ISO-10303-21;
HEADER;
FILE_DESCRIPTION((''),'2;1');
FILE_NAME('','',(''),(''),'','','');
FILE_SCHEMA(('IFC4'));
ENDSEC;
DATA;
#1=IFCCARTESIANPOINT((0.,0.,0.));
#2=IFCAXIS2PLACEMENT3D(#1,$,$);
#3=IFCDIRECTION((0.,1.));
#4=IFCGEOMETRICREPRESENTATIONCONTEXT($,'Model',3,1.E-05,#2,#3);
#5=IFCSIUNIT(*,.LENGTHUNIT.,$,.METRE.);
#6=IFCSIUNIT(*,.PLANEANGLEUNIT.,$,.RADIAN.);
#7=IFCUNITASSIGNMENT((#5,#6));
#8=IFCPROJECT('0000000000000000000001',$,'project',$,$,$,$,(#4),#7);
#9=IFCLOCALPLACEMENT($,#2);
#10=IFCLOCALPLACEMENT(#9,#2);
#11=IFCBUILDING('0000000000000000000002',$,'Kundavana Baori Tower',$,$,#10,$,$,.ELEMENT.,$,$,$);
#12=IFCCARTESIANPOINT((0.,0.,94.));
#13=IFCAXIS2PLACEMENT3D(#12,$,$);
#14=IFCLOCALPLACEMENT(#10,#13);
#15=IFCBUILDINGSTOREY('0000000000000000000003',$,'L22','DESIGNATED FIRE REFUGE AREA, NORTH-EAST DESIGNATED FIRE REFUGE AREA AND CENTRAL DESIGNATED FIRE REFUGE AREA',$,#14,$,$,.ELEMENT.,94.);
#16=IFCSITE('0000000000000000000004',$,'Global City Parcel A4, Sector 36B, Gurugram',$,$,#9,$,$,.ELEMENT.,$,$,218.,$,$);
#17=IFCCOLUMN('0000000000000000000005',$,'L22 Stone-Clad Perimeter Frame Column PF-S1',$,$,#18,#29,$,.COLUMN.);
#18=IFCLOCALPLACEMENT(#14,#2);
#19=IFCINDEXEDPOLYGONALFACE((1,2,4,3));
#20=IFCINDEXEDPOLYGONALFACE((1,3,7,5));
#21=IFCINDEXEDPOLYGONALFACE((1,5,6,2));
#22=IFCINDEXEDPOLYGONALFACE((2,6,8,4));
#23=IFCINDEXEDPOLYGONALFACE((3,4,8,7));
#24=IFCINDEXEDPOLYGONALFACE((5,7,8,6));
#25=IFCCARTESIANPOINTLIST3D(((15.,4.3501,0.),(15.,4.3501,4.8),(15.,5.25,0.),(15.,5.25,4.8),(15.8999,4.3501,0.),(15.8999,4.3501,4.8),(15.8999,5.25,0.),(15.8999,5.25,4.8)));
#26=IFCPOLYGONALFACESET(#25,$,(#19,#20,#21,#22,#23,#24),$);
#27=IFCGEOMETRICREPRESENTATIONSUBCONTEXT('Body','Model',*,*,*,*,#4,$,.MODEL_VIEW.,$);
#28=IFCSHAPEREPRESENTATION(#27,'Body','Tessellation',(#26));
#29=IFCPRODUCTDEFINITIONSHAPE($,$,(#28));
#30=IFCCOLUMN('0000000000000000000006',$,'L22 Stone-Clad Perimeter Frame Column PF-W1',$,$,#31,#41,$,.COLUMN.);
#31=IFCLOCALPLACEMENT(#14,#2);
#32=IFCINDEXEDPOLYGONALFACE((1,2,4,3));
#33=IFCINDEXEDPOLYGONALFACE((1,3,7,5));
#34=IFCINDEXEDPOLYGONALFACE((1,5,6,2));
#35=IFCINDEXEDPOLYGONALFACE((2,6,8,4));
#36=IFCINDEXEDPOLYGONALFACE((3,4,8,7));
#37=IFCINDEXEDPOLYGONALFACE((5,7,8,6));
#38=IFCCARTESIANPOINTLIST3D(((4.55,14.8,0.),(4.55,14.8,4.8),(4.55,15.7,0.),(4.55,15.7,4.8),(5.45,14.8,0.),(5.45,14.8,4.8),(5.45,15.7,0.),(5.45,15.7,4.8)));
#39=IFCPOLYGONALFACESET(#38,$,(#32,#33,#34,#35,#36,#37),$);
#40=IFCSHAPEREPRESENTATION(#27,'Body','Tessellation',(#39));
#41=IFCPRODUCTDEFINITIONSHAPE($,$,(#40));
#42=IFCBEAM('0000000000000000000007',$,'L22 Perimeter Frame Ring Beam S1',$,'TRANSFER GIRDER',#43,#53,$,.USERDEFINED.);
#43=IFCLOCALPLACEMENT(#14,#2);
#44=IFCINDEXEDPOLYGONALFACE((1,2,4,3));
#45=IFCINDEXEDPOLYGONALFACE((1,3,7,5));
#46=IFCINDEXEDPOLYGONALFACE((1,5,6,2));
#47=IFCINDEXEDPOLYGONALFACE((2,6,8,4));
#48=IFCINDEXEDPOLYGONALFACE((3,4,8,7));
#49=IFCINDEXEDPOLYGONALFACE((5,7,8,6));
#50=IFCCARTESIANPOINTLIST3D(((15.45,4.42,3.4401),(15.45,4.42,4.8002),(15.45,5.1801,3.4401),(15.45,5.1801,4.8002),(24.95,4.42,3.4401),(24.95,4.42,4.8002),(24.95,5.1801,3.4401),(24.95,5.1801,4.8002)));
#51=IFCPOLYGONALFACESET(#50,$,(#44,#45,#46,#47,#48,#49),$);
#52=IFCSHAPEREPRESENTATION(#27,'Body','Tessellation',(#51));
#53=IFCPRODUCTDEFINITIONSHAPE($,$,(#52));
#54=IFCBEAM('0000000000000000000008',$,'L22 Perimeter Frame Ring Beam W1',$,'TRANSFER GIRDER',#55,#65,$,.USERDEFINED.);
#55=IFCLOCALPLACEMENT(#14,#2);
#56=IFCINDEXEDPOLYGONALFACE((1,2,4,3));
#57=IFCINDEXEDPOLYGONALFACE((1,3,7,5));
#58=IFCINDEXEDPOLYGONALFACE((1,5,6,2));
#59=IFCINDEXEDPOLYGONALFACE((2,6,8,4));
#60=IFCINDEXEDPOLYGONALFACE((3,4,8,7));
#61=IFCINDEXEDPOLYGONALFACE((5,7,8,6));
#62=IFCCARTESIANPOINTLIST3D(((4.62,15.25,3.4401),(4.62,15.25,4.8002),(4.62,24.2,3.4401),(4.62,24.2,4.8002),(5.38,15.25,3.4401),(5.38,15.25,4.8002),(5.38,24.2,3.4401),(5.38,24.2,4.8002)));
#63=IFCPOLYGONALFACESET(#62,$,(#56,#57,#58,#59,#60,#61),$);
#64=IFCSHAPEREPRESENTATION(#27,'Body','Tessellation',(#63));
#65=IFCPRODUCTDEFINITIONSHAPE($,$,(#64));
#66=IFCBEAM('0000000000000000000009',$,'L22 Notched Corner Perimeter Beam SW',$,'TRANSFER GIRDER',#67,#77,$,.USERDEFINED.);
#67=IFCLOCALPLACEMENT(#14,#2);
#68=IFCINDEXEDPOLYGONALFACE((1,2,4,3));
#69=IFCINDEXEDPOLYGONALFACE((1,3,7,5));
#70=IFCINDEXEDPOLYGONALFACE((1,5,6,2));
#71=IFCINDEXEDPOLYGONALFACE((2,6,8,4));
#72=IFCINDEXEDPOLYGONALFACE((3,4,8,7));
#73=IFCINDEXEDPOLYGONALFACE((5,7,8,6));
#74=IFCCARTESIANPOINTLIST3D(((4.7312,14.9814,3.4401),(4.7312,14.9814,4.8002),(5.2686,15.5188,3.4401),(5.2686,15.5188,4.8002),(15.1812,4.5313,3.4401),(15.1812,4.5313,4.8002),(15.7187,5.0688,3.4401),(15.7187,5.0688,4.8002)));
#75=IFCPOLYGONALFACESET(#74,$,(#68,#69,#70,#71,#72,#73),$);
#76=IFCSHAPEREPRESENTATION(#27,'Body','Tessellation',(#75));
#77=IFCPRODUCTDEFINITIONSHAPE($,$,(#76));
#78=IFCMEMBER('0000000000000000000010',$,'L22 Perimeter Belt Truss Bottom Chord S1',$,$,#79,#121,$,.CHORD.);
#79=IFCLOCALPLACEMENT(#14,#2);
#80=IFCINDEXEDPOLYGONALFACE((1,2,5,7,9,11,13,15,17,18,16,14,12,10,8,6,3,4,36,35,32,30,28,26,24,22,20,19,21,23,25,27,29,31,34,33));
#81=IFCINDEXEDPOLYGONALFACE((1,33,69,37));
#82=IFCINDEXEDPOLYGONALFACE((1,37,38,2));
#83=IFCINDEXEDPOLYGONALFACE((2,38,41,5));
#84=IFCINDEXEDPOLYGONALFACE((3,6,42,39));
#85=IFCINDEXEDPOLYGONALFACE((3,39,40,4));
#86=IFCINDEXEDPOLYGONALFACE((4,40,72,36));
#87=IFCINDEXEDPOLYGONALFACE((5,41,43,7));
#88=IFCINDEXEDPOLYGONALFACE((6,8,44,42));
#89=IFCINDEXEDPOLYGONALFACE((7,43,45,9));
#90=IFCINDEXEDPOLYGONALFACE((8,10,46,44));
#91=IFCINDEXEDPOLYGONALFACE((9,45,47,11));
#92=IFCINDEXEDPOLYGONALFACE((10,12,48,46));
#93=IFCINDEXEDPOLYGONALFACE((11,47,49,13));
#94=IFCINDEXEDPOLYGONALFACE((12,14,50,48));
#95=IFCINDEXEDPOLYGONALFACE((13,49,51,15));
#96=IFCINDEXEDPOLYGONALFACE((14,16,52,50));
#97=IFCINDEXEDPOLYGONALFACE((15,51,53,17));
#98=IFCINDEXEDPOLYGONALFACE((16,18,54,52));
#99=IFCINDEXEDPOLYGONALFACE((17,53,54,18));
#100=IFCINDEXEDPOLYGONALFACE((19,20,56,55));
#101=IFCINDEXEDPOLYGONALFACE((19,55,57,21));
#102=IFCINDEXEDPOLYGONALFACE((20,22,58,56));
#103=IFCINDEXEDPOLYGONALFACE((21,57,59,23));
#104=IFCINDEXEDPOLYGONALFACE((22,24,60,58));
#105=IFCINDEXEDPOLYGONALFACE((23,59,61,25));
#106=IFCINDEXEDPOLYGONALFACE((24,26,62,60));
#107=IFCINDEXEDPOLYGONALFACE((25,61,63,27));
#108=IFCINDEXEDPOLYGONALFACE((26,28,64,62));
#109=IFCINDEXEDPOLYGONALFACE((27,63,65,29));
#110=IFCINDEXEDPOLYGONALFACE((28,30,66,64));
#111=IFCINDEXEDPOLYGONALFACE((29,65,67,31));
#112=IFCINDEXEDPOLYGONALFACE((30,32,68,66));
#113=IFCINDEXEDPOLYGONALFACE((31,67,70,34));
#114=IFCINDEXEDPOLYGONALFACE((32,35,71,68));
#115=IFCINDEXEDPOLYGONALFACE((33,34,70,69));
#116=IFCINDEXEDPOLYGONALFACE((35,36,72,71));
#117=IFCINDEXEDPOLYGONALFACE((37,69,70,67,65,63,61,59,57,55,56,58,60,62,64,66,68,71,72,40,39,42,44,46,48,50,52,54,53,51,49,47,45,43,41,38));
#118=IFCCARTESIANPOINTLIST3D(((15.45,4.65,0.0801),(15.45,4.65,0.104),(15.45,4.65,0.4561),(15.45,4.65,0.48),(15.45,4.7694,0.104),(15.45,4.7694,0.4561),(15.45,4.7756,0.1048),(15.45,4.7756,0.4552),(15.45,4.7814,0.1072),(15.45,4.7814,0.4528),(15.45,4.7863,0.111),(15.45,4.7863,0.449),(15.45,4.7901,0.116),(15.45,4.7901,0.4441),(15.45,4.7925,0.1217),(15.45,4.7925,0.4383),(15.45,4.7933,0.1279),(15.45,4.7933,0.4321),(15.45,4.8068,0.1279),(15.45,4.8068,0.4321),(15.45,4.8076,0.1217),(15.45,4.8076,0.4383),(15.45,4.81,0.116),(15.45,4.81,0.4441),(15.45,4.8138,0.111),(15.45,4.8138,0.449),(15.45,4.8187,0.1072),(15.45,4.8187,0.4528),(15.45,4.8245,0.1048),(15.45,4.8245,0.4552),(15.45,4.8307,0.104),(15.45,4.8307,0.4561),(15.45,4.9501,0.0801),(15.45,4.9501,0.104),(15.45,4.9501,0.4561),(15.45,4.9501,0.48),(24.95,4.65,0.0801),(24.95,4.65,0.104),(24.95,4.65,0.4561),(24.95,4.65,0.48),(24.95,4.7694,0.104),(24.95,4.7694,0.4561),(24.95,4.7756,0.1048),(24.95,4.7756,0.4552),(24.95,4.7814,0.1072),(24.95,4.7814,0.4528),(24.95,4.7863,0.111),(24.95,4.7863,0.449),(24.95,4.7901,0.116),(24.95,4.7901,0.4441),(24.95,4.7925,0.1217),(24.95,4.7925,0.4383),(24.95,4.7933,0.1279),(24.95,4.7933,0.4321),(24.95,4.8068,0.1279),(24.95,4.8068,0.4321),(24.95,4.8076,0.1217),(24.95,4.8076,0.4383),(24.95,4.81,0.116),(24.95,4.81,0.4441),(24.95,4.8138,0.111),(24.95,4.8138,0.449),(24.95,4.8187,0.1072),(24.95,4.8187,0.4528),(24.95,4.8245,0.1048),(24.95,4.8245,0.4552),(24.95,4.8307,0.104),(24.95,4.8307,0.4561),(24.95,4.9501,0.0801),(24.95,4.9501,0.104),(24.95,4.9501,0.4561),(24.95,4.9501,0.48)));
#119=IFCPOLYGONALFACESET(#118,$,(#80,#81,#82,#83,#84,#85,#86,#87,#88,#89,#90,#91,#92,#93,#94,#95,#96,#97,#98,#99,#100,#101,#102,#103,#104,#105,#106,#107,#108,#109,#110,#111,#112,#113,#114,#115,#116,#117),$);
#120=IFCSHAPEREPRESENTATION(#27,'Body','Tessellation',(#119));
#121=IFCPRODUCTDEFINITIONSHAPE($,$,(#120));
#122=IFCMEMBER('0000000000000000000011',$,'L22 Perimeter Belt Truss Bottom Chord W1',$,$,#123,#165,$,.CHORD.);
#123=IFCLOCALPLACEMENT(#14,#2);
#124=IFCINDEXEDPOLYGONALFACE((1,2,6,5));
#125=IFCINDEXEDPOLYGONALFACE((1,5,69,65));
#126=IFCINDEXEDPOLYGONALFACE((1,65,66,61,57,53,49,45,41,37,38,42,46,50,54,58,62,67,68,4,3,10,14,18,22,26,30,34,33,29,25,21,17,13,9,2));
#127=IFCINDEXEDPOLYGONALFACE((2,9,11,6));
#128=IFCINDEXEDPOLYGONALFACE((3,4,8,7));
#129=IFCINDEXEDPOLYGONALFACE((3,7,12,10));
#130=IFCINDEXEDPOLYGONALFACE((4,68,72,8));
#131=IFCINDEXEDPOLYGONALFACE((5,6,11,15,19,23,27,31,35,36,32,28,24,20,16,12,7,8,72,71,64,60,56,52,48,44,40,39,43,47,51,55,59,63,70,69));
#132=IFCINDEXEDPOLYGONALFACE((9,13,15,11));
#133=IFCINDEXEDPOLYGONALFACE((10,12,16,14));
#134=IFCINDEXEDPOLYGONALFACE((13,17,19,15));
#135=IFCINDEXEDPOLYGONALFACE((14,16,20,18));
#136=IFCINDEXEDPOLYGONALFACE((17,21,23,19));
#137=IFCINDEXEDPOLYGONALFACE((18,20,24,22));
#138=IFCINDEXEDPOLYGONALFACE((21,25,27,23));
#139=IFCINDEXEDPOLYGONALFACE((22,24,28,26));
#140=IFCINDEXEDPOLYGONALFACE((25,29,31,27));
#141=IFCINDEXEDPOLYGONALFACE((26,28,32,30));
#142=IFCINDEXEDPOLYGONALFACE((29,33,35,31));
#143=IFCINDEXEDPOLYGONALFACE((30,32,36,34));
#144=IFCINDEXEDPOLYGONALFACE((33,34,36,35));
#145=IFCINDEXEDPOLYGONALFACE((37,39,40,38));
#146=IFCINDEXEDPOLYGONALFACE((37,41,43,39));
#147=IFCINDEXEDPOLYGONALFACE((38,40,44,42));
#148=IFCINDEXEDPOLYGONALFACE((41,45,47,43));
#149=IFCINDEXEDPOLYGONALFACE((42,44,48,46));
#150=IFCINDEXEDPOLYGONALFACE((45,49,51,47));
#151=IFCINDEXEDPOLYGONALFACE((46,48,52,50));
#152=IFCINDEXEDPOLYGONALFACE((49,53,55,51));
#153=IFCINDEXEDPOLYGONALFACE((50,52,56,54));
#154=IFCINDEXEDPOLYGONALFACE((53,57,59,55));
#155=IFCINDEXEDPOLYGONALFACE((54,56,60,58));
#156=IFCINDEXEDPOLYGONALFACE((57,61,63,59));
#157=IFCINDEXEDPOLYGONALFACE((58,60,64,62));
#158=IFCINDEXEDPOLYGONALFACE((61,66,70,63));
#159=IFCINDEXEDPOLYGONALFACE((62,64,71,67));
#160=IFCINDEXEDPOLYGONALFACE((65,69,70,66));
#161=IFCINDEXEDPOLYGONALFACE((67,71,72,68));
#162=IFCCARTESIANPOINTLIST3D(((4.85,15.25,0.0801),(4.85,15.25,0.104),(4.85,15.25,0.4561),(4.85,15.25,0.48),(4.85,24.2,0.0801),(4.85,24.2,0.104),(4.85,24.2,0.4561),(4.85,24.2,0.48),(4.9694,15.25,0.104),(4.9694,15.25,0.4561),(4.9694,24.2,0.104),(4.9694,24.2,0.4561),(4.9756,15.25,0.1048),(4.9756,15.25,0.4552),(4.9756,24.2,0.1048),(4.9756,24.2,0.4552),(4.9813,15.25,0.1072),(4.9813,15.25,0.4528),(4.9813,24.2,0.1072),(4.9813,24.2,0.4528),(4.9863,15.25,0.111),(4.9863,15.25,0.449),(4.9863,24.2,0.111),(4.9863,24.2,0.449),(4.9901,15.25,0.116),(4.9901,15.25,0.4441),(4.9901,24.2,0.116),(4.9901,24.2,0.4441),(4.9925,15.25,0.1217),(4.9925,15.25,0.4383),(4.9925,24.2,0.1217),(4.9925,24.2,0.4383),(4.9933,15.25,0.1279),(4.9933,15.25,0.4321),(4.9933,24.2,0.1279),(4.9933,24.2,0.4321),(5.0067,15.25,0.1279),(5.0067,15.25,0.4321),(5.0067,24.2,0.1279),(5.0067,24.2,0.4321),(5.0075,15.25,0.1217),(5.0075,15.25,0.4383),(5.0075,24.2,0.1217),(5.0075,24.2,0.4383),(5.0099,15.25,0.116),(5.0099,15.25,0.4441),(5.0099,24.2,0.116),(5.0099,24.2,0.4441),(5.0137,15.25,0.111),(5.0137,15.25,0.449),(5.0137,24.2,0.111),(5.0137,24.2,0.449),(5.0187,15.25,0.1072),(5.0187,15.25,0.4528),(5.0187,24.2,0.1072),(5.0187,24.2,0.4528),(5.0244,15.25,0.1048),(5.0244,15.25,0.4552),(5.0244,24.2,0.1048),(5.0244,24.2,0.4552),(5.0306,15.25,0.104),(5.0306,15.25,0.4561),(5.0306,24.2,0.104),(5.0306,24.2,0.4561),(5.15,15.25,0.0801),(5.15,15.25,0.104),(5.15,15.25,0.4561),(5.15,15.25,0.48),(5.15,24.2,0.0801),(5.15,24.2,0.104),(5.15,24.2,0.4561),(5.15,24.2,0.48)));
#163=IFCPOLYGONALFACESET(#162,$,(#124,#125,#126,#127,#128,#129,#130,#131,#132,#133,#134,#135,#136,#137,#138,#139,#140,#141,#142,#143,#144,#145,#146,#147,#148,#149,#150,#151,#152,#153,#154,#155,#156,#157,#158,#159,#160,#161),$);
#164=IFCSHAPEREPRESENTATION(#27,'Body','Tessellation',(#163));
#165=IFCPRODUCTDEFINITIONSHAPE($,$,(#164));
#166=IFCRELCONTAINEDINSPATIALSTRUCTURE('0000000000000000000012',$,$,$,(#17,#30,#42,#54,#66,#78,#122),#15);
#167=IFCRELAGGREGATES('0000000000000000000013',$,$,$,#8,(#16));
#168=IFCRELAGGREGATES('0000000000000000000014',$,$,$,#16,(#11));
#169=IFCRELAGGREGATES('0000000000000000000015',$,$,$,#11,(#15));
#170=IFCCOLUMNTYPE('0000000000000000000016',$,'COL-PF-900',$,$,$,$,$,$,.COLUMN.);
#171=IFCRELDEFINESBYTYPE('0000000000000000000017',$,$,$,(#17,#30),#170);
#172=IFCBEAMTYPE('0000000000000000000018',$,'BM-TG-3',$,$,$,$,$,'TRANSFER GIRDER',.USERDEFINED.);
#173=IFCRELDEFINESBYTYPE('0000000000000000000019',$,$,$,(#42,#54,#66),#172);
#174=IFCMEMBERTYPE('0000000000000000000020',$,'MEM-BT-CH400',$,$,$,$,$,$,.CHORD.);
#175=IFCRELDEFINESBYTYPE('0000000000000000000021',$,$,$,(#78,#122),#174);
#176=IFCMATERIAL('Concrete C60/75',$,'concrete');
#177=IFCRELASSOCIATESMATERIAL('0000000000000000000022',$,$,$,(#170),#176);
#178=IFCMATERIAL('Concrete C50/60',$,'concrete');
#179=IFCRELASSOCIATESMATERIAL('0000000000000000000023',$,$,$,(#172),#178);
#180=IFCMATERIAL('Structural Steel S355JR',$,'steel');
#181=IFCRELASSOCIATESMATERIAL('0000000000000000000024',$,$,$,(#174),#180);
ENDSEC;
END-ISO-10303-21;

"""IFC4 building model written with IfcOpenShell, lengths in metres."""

from ifc_helpers import new_model, si_unit, direction, frame, origin, origin_2d, place, context, subcontext, project, spatial, rectangle, i_section, extrude, material, material_profile, profile_set, type_object, element, save


model = new_model("IFC4")

# Units and contexts
model_context = context("Model", 3, precision=1e-05, world=origin(), true_north=direction((0.0, 1.0)))
body_context = subcontext(model_context, "Body", "Model", "MODEL_VIEW")
ifc_project = project(units=[si_unit("LENGTHUNIT", "METRE"), si_unit("PLANEANGLEUNIT", "RADIAN")], contexts=[model_context])

# Site, building, storey
site_placement = place(None, origin())
site = spatial("IfcSite", under=ifc_project, at=site_placement, Name="Global City Parcel A4, Sector 36B, Gurugram", CompositionType="ELEMENT", RefElevation=218.0)
building_placement = place(site_placement, origin())
building = spatial("IfcBuilding", under=site, at=building_placement, Name="Kundavana Baori Tower", CompositionType="ELEMENT")
storey_placement = place(building_placement, frame((0.0, 0.0, 94.0)))
storey = spatial("IfcBuildingStorey", under=building, at=storey_placement, Name="L22", Description="DESIGNATED FIRE REFUGE AREA, NORTH-EAST DESIGNATED FIRE REFUGE AREA AND CENTRAL DESIGNATED FIRE REFUGE AREA", CompositionType="ELEMENT", Elevation=94.0)

# Columns
ifc_material_1 = material(Name="Concrete C60/75", Category="concrete")
ifc_material_profile_1 = material_profile(ifc_material_1, rectangle(XDim=0.8999, YDim=0.8999, at=origin_2d()), Name="RC PF 900x900")
ifc_profile_set_1 = profile_set([ifc_material_profile_1], Name="Concrete C60/75")
column_type = type_object("IfcColumnType", Name="COL-PF-900", PredefinedType="COLUMN", material=ifc_profile_set_1)
for number, where, z_axis, x_axis, name in (
    (1, (15.45, 4.8, 0.0), (0.0, 0.0, 1.0), (1.0, 0.0, 0.0), "L22 Stone-Clad Perimeter Frame Column PF-S1"),
    (2, (5.0, 15.25, 0.0), (0.0, 0.0, 1.0), (1.0, 0.0, 0.0), "L22 Stone-Clad Perimeter Frame Column PF-W1"),
):
    element("IfcColumn", number, at=place(storey_placement, frame(where, z_axis=z_axis, x_axis=x_axis)), inside=storey, type_object=column_type, Name=name, PredefinedType="COLUMN", context=body_context, shape_type="SweptSolid", body=[
        extrude(rectangle(XDim=0.8999, YDim=0.8999, at=origin_2d()), origin(), (0.0, 0.0, 1.0), 4.8),
    ])

# Beams
ifc_material_2 = material(Name="Concrete C50/60", Category="concrete")
ifc_material_profile_2 = material_profile(ifc_material_2, rectangle(XDim=0.76, YDim=1.3601, at=origin_2d()), Name="BM-TG-3")
ifc_profile_set_2 = profile_set([ifc_material_profile_2], Name="Concrete C50/60")
beam_type = type_object("IfcBeamType", Name="BM-TG-3", ElementType="TRANSFER GIRDER", PredefinedType="USERDEFINED", material=ifc_profile_set_2)
beam_1_placement = place(storey_placement, frame((15.45, 4.8, 4.1201), z_axis=(1.0, 0.0, 0.0), x_axis=(0.0, 1.0, 0.0)))
element("IfcBeam", 3, at=beam_1_placement, inside=storey, type_object=beam_type, Name="L22 Perimeter Frame Ring Beam S1", ObjectType="TRANSFER GIRDER", PredefinedType="USERDEFINED", context=body_context, shape_type="SweptSolid", body=[
    extrude(rectangle(XDim=0.76, YDim=1.3601, at=origin_2d()), origin(), (0.0, 0.0, 1.0), 9.5),
])
beam_2_placement = place(storey_placement, frame((5.0, 15.25, 4.1201), z_axis=(0.0, 1.0, 0.0), x_axis=(-1.0, 0.0, 0.0)))
element("IfcBeam", 4, at=beam_2_placement, inside=storey, type_object=beam_type, Name="L22 Perimeter Frame Ring Beam W1", ObjectType="TRANSFER GIRDER", PredefinedType="USERDEFINED", context=body_context, shape_type="SweptSolid", body=[
    extrude(rectangle(XDim=0.76, YDim=1.3601, at=origin_2d()), origin(), (0.0, 0.0, 1.0), 8.95),
])
beam_3_placement = place(storey_placement, frame((15.45, 4.8, 4.1201), z_axis=(-0.707107, 0.707107, 0.0), x_axis=(-0.707107, -0.707107, 0.0)))
element("IfcBeam", 5, at=beam_3_placement, inside=storey, type_object=beam_type, Name="L22 Notched Corner Perimeter Beam SW", ObjectType="TRANSFER GIRDER", PredefinedType="USERDEFINED", context=body_context, shape_type="SweptSolid", body=[
    extrude(rectangle(XDim=0.76, YDim=1.3601, at=origin_2d()), origin(), (0.0, 0.0, 1.0), 14.7786),
])

# Members
ifc_material_3 = material(Name="Structural Steel S355JR", Category="steel")
ifc_material_profile_3 = material_profile(ifc_material_3, i_section(OverallWidth=0.3, OverallDepth=0.3999, WebThickness=0.0134, FlangeThickness=0.0239, FilletRadius=0.0239, at=origin_2d()), Name="WPB 400x300x135")
ifc_profile_set_3 = profile_set([ifc_material_profile_3], Name="Structural Steel S355JR")
member_type_1 = type_object("IfcMemberType", Name="MEM-BT-CH400", PredefinedType="CHORD", material=ifc_profile_set_3)
member_1_placement = place(storey_placement, frame((15.45, 4.8, 0.28), z_axis=(1.0, 0.0, 0.0), x_axis=(0.0, 1.0, 0.0)))
element("IfcMember", 6, at=member_1_placement, inside=storey, type_object=member_type_1, Name="L22 Perimeter Belt Truss Bottom Chord S1", PredefinedType="CHORD", context=body_context, shape_type="SweptSolid", body=[
    extrude(i_section(OverallWidth=0.3, OverallDepth=0.3999, WebThickness=0.0134, FlangeThickness=0.0239, FilletRadius=0.0239, at=origin_2d()), origin(), (0.0, 0.0, 1.0), 9.5),
])
member_2_placement = place(storey_placement, frame((5.0, 15.25, 0.28), z_axis=(0.0, 1.0, 0.0), x_axis=(-1.0, 0.0, 0.0)))
element("IfcMember", 7, at=member_2_placement, inside=storey, type_object=member_type_1, Name="L22 Perimeter Belt Truss Bottom Chord W1", PredefinedType="CHORD", context=body_context, shape_type="SweptSolid", body=[
    extrude(i_section(OverallWidth=0.3, OverallDepth=0.3999, WebThickness=0.0134, FlangeThickness=0.0239, FilletRadius=0.0239, at=origin_2d()), origin(), (0.0, 0.0, 1.0), 8.95),
])

save(model, "model.ifc")
